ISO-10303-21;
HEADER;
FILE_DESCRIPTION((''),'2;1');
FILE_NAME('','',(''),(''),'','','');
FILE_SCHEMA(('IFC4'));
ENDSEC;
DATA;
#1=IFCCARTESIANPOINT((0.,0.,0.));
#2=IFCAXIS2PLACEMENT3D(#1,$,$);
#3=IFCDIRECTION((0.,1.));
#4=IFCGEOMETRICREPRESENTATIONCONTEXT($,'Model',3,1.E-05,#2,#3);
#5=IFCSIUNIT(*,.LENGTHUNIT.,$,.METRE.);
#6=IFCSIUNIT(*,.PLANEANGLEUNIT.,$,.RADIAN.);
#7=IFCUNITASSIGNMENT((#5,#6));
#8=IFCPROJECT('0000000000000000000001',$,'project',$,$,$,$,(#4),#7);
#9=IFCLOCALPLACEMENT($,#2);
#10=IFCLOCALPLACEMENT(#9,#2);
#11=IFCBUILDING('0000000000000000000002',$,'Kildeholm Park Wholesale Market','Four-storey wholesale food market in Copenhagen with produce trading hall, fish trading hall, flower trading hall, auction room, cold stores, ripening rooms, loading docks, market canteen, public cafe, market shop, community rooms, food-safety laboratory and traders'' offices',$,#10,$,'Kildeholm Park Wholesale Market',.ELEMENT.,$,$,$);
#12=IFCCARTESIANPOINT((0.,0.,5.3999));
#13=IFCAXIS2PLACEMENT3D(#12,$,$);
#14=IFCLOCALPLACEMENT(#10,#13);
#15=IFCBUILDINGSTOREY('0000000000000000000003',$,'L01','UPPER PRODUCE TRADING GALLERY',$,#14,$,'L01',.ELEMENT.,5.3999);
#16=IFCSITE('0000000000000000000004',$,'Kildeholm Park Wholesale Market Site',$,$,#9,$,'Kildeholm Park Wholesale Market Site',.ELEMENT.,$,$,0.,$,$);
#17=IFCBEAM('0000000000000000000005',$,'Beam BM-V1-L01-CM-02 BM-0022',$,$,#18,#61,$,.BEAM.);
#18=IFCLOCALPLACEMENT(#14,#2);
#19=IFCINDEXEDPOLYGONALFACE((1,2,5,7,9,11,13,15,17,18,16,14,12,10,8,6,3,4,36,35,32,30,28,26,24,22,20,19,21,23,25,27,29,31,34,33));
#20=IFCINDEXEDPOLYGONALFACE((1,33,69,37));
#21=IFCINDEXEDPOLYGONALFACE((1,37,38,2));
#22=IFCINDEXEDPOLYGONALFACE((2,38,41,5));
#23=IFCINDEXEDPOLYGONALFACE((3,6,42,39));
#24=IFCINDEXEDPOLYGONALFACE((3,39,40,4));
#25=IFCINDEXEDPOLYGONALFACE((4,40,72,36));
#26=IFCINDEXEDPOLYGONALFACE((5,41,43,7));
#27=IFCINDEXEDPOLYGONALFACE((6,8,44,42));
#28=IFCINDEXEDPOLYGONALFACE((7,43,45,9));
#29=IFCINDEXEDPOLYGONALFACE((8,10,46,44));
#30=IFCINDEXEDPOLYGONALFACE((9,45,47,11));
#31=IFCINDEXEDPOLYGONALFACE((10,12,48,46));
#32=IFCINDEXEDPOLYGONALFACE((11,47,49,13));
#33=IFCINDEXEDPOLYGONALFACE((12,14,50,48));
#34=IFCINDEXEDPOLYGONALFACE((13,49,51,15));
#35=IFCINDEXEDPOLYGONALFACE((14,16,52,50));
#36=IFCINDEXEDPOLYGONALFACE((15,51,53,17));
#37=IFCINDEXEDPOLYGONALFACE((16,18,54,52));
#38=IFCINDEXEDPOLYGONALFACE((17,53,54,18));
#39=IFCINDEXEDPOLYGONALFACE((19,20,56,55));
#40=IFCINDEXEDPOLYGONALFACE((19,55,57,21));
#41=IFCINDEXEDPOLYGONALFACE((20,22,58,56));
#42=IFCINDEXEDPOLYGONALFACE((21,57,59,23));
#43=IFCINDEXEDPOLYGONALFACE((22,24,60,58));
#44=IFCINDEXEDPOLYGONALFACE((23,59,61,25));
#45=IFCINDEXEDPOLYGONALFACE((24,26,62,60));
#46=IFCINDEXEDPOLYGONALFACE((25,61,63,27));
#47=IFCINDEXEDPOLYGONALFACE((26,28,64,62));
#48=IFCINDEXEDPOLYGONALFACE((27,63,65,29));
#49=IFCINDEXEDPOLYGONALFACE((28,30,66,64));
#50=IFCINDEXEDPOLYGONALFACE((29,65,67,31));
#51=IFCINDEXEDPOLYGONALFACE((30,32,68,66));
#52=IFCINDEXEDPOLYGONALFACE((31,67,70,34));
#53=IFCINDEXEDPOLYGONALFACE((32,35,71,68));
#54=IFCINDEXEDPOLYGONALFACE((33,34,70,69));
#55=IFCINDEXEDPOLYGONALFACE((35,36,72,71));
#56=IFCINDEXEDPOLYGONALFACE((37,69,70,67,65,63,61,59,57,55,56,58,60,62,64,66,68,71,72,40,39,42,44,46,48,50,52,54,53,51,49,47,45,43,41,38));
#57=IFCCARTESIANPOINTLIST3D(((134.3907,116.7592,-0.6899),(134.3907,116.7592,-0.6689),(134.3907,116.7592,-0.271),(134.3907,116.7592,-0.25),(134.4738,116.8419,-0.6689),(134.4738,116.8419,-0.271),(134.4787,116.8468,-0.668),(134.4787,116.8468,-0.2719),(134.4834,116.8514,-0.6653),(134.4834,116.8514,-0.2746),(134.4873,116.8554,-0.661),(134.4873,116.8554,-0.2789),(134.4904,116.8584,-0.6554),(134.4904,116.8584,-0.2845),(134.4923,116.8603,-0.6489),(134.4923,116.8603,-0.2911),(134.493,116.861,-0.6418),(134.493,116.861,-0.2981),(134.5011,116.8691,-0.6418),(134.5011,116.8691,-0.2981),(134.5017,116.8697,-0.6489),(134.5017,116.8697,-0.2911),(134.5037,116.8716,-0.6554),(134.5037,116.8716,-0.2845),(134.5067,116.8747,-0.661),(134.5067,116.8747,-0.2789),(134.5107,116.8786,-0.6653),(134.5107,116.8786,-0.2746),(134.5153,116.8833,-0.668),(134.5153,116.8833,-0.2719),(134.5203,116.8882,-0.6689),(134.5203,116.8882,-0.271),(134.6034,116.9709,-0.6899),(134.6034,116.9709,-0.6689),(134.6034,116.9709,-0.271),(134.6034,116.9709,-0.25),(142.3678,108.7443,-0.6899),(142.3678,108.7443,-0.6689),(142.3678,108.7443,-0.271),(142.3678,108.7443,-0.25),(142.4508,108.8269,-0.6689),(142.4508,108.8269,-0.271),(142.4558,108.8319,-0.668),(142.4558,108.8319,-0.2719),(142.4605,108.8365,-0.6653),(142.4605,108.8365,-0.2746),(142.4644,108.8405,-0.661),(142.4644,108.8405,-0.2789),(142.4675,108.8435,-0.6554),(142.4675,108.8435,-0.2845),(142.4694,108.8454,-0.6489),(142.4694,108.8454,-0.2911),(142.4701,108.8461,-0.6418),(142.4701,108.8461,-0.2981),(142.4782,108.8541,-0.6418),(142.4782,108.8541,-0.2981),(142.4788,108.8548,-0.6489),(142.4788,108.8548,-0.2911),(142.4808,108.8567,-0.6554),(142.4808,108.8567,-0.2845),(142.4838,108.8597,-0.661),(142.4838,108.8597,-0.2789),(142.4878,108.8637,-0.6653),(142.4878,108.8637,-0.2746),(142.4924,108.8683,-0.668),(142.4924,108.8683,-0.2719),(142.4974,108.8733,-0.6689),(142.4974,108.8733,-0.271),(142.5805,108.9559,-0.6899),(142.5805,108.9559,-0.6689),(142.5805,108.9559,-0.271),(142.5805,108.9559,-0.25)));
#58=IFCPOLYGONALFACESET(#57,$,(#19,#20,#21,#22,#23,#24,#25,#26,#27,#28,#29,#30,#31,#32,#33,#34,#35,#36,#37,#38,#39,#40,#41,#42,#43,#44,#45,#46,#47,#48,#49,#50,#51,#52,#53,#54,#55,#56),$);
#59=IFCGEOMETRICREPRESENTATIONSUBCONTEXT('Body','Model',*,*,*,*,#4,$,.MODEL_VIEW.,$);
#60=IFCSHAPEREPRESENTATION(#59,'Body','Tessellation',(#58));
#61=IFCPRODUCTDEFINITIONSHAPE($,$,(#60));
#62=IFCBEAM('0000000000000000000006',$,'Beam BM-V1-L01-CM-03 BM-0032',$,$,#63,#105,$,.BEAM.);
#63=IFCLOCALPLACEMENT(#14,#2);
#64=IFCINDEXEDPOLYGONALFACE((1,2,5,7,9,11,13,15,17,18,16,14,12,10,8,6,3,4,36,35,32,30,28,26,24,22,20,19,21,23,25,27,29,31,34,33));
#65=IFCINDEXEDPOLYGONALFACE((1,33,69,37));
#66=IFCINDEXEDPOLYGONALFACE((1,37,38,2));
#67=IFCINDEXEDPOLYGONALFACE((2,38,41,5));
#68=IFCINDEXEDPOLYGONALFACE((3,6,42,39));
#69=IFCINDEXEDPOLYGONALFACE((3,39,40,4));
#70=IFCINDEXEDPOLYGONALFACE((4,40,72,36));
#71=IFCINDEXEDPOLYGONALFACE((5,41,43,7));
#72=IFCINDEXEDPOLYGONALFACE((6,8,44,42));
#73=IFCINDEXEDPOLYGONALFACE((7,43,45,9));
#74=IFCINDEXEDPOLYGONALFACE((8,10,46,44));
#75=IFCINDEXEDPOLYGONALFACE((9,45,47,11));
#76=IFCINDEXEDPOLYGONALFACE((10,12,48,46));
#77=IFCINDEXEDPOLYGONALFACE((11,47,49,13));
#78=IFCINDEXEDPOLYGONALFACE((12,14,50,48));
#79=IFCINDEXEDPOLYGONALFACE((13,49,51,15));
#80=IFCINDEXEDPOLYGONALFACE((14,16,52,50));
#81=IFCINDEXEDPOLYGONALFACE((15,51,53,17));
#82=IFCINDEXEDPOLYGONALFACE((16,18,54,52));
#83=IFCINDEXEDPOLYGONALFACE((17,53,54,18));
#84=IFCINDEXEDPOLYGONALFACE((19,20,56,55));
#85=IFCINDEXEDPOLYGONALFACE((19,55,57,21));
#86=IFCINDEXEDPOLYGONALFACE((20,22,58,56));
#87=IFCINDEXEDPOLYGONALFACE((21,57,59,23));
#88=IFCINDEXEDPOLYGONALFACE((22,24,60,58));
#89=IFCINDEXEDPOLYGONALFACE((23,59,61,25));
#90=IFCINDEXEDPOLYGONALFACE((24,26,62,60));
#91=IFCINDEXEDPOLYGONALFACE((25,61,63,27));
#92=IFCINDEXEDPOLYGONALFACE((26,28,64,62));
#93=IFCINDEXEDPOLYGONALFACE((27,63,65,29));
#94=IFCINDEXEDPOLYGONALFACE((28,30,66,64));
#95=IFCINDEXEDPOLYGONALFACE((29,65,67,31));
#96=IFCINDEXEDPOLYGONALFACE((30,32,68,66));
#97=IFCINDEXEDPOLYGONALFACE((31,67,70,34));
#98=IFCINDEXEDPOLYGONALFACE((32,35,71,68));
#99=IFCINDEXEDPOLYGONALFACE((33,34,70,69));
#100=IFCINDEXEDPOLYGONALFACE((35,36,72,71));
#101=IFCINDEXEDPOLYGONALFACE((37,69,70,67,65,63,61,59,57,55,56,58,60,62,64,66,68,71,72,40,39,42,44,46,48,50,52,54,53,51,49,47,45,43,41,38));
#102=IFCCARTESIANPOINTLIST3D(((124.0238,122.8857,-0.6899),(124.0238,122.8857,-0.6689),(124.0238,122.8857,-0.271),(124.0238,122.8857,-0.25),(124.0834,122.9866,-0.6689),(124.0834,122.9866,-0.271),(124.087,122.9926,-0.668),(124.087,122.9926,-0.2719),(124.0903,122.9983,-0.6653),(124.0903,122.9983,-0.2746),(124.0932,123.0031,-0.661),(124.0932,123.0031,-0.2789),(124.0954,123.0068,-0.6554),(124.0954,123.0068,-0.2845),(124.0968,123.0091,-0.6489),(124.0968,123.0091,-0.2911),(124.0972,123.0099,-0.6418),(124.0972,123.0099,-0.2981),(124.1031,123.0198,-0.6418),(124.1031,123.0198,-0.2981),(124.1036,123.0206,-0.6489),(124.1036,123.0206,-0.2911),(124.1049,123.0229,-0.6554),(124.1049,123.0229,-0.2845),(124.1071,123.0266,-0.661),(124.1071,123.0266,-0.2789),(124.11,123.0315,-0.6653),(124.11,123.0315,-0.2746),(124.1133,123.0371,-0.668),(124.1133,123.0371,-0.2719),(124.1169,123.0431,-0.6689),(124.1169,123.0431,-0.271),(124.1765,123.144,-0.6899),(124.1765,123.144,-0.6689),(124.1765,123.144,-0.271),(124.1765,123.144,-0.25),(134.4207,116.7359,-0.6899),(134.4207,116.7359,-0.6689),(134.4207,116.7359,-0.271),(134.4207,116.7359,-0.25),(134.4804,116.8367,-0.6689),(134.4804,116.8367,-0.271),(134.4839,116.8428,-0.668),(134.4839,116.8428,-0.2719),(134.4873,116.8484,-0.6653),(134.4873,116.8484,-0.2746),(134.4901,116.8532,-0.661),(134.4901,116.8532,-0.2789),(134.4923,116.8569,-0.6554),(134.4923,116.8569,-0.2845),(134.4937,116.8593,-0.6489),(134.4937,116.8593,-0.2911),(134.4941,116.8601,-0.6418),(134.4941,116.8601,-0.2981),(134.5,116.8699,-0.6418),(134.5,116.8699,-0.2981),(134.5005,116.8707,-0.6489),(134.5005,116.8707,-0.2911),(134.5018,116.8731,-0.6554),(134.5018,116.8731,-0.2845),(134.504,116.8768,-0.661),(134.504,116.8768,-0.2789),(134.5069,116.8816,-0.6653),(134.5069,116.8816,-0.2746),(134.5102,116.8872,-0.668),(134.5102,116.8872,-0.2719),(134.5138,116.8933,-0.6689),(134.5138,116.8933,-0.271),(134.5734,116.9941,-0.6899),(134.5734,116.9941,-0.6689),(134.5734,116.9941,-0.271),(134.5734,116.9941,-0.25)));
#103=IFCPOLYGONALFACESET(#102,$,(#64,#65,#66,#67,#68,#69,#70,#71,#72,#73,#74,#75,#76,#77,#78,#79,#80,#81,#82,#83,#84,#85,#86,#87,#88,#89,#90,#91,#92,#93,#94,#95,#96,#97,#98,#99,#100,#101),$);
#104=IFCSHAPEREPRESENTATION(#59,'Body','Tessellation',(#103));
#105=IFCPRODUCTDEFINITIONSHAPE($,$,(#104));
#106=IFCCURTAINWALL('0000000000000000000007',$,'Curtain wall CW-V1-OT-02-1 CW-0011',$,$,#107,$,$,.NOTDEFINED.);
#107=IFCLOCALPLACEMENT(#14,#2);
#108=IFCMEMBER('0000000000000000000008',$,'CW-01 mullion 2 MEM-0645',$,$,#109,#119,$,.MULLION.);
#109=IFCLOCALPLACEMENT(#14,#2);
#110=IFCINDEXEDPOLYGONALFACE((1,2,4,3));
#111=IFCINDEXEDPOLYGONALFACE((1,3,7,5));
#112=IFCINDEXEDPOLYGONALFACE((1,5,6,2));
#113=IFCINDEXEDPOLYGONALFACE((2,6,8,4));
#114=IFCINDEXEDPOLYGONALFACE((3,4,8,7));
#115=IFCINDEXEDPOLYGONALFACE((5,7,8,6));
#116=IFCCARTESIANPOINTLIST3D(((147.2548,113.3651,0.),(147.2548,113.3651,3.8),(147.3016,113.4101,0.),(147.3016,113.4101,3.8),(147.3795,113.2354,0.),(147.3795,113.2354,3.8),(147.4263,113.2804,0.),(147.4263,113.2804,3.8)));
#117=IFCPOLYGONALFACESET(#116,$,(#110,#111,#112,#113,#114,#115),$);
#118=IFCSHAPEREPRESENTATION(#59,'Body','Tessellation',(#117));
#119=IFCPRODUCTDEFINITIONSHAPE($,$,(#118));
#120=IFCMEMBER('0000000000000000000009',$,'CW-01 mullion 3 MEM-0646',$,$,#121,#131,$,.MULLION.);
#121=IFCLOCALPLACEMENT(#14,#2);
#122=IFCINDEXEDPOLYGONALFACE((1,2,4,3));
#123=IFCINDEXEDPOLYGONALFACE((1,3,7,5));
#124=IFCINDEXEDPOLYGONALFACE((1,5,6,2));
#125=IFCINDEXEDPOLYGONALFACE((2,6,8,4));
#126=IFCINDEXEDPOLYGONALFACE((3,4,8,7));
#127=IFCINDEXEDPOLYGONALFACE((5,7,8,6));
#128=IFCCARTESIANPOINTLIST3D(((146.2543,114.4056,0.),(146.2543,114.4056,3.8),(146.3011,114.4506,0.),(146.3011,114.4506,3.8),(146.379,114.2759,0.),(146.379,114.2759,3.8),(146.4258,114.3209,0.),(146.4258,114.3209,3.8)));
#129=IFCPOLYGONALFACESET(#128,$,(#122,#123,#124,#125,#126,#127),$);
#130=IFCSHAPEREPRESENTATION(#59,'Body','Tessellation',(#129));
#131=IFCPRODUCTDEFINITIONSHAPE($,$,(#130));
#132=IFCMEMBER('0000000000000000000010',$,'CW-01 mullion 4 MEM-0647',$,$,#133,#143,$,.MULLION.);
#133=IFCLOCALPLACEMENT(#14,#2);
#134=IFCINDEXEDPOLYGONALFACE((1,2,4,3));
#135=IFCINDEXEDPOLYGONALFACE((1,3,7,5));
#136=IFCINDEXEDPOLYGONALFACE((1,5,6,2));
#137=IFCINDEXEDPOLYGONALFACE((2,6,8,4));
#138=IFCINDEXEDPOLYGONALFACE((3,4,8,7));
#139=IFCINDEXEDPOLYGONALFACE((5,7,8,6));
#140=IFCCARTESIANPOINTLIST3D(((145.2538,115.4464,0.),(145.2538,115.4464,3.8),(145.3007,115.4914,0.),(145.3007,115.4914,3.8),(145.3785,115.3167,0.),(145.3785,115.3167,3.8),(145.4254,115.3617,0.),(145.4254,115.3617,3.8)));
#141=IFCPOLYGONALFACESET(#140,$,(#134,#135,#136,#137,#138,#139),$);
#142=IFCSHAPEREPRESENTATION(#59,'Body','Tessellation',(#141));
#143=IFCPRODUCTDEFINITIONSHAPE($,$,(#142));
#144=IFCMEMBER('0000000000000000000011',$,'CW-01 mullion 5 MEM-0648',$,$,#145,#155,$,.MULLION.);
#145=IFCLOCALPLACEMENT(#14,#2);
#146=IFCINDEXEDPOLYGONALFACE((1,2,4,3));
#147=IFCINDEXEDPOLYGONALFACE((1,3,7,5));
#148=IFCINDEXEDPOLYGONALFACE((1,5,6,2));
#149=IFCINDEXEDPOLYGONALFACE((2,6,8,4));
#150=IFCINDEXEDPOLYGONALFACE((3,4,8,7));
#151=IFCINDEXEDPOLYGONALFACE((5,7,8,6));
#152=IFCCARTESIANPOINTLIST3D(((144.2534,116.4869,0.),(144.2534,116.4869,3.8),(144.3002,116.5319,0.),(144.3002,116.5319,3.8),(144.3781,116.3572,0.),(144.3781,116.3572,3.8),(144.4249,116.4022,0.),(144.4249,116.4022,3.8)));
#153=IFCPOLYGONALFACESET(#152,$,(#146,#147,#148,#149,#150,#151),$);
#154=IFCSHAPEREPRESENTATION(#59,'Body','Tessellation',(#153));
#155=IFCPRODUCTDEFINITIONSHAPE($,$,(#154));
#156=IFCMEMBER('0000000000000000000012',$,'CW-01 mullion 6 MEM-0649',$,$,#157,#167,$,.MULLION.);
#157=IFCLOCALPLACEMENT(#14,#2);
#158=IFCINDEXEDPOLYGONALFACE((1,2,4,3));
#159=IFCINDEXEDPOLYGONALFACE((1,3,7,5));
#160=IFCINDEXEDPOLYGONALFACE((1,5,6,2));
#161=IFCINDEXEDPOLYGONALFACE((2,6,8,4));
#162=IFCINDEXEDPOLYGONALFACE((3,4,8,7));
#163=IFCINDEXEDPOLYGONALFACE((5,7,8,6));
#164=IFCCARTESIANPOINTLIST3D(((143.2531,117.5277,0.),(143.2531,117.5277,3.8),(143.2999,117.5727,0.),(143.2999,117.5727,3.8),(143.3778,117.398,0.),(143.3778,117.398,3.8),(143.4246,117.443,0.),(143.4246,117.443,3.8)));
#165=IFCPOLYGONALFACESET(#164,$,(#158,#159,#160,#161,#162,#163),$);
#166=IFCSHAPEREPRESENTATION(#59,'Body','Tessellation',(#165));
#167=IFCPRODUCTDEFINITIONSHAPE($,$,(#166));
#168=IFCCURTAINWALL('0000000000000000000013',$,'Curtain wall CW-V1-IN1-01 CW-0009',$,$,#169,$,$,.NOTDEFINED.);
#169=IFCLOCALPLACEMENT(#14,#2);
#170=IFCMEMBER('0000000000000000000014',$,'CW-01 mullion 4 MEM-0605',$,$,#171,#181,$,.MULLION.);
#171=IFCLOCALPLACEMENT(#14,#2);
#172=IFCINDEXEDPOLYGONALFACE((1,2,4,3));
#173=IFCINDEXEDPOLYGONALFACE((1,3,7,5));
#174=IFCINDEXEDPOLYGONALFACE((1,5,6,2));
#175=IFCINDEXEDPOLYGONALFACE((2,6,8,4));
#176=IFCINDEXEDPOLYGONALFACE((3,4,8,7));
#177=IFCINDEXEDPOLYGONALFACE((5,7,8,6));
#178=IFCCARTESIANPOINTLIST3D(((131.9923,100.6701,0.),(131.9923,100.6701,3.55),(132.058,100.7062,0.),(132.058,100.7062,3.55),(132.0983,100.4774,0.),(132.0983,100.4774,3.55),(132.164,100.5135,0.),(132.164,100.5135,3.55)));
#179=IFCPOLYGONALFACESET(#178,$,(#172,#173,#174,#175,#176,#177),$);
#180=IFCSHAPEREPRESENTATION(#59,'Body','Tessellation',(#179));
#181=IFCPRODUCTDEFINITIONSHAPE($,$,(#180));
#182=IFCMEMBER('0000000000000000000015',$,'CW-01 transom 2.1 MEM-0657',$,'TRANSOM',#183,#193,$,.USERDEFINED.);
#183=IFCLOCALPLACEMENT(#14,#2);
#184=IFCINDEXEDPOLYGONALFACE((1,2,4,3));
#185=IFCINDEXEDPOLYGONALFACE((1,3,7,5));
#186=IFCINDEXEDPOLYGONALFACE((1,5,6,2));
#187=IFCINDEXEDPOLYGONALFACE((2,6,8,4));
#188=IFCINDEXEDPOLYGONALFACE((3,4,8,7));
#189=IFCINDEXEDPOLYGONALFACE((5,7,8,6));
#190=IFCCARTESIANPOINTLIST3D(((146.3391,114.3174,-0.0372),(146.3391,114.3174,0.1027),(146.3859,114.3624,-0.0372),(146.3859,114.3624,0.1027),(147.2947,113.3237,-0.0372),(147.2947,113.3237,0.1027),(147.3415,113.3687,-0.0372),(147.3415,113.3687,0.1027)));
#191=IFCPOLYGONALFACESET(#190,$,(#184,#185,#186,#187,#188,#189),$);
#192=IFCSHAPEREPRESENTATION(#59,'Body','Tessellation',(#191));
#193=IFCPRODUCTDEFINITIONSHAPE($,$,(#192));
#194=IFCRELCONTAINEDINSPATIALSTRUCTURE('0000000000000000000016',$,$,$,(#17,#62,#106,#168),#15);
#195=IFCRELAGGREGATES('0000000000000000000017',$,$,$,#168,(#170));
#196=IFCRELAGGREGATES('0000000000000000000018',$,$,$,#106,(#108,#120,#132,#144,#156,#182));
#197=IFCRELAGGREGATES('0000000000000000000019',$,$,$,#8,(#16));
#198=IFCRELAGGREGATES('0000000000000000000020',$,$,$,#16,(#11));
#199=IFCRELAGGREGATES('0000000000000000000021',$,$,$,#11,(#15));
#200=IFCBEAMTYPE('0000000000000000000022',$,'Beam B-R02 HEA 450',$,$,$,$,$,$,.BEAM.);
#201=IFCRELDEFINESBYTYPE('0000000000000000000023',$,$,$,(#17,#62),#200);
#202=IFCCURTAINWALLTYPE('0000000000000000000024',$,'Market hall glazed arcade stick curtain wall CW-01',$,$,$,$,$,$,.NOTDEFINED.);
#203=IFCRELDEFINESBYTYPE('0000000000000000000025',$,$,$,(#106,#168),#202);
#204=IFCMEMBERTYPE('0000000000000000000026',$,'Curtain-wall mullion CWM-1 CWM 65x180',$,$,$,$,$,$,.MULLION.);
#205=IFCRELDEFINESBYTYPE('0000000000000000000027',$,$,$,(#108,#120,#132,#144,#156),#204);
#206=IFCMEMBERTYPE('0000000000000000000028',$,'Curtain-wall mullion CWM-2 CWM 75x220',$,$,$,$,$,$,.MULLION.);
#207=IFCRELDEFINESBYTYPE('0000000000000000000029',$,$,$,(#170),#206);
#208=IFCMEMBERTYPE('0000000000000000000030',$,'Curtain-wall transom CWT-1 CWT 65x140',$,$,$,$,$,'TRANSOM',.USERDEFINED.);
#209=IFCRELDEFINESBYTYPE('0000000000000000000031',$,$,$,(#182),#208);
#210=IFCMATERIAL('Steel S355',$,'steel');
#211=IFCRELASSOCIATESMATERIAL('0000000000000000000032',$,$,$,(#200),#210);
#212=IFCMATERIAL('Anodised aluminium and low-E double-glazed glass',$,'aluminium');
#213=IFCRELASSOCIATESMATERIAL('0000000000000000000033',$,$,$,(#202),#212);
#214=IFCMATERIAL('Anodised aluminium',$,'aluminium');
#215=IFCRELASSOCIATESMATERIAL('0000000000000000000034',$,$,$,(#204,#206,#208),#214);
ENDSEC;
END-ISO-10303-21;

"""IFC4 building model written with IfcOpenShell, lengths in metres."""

from ifc_helpers import new_model, si_unit, direction, frame, origin, origin_2d, place, context, subcontext, project, spatial, rectangle, i_section, extrude, material, material_profile, profile_set, type_object, element, aggregate, save


model = new_model("IFC4")

# Units and contexts
model_context = context("Model", 3, precision=1e-05, world=origin(), true_north=direction((0.0, 1.0)))
body_context = subcontext(model_context, "Body", "Model", "MODEL_VIEW")
ifc_project = project(units=[si_unit("LENGTHUNIT", "METRE"), si_unit("PLANEANGLEUNIT", "RADIAN")], contexts=[model_context])

# Site, building, storey
site_placement = place(None, origin())
site = spatial("IfcSite", under=ifc_project, at=site_placement, Name="Kildeholm Park Wholesale Market Site", LongName="Kildeholm Park Wholesale Market Site", CompositionType="ELEMENT", RefElevation=0.0)
building_placement = place(site_placement, origin())
building = spatial("IfcBuilding", under=site, at=building_placement, Name="Kildeholm Park Wholesale Market", Description="Four-storey wholesale food market in Copenhagen with produce trading hall, fish trading hall, flower trading hall, auction room, cold stores, ripening rooms, loading docks, market canteen, public cafe, market shop, community rooms, food-safety laboratory and traders' offices", LongName="Kildeholm Park Wholesale Market", CompositionType="ELEMENT")
storey_placement = place(building_placement, frame((0.0, 0.0, 5.3999)))
storey = spatial("IfcBuildingStorey", under=building, at=storey_placement, Name="L01", Description="UPPER PRODUCE TRADING GALLERY", LongName="L01", CompositionType="ELEMENT", Elevation=5.3999)

# Shared definitions
ifc_material_1 = material(Name="Steel S355", Category="steel")

# Beams
ifc_material_profile_1 = material_profile(ifc_material_1, i_section(OverallWidth=0.3, OverallDepth=0.4399, WebThickness=0.0115, FlangeThickness=0.021, FilletRadius=0.0271, at=origin_2d()), Name="HEA 450")
ifc_profile_set_1 = profile_set([ifc_material_profile_1], Name="Steel S355")
beam_type_1 = type_object("IfcBeamType", Name="Beam B-R02 HEA 450", PredefinedType="BEAM", material=ifc_profile_set_1)
beam_1_placement = place(storey_placement, frame((142.4741, 108.8501, -0.47), z_axis=(-0.705432, 0.708778, 0.0), x_axis=(-0.708778, -0.705432, 0.0)))
element("IfcBeam", 1, at=beam_1_placement, inside=storey, type_object=beam_type_1, Name="Beam BM-V1-L01-CM-02 BM-0022", PredefinedType="BEAM", context=body_context, shape_type="SweptSolid", body=[
    extrude(i_section(OverallWidth=0.3, OverallDepth=0.4399, WebThickness=0.0115, FlangeThickness=0.021, FilletRadius=0.0271, at=origin_2d()), origin(), (0.0, 0.0, 1.0), 11.3081),
])
beam_2_placement = place(storey_placement, frame((134.4971, 116.865, -0.47), z_axis=(-0.8607, 0.509112, 0.0), x_axis=(-0.509112, -0.8607, 0.0)))
element("IfcBeam", 2, at=beam_2_placement, inside=storey, type_object=beam_type_1, Name="Beam BM-V1-L01-CM-03 BM-0032", PredefinedType="BEAM", context=body_context, shape_type="SweptSolid", body=[
    extrude(i_section(OverallWidth=0.3, OverallDepth=0.4399, WebThickness=0.0115, FlangeThickness=0.021, FilletRadius=0.0271, at=origin_2d()), origin(), (0.0, 0.0, 1.0), 12.0796),
])

# Curtain wall, members
ifc_material_2 = material(Name="Anodised aluminium and low-E double-glazed glass", Category="aluminium")
curtain_wall_type = type_object("IfcCurtainWallType", Name="Market hall glazed arcade stick curtain wall CW-01", PredefinedType="NOTDEFINED", material=ifc_material_2)
curtain_wall_1_placement = place(storey_placement, origin())
curtain_wall_1 = element("IfcCurtainWall", 3, at=curtain_wall_1_placement, inside=storey, type_object=curtain_wall_type, Name="Curtain wall CW-V1-OT-02-1 CW-0011", PredefinedType="NOTDEFINED")
ifc_material_3 = material(Name="Anodised aluminium", Category="aluminium")
ifc_material_profile_2 = material_profile(ifc_material_3, rectangle(XDim=0.0649, YDim=0.1799, at=origin_2d()), Name="CWM 65x180")
ifc_profile_set_2 = profile_set([ifc_material_profile_2], Name="Anodised aluminium")
member_type_1 = type_object("IfcMemberType", Name="Curtain-wall mullion CWM-1 CWM 65x180", PredefinedType="MULLION", material=ifc_profile_set_2)
member_1_placement = place(storey_placement, frame((147.3406, 113.3228, 0.0), z_axis=(0.0, 0.0, 1.0), x_axis=(-0.720901, -0.693038, 0.0)))
member_1 = element("IfcMember", 4, at=member_1_placement, type_object=member_type_1, Name="CW-01 mullion 2 MEM-0645", PredefinedType="MULLION", context=body_context, shape_type="SweptSolid", body=[
    extrude(rectangle(XDim=0.0649, YDim=0.1799, at=origin_2d()), origin(), (0.0, 0.0, 1.0), 3.8),
])
member_2_placement = place(storey_placement, frame((146.3401, 114.3633, 0.0), z_axis=(0.0, 0.0, 1.0), x_axis=(-0.720901, -0.693038, 0.0)))
member_2 = element("IfcMember", 5, at=member_2_placement, type_object=member_type_1, Name="CW-01 mullion 3 MEM-0646", PredefinedType="MULLION", context=body_context, shape_type="SweptSolid", body=[
    extrude(rectangle(XDim=0.0649, YDim=0.1799, at=origin_2d()), origin(), (0.0, 0.0, 1.0), 3.8),
])
member_3_placement = place(storey_placement, frame((145.3396, 115.4041, 0.0), z_axis=(0.0, 0.0, 1.0), x_axis=(-0.720901, -0.693038, 0.0)))
member_3 = element("IfcMember", 6, at=member_3_placement, type_object=member_type_1, Name="CW-01 mullion 4 MEM-0647", PredefinedType="MULLION", context=body_context, shape_type="SweptSolid", body=[
    extrude(rectangle(XDim=0.0649, YDim=0.1799, at=origin_2d()), origin(), (0.0, 0.0, 1.0), 3.8),
])
member_4_placement = place(storey_placement, frame((144.3391, 116.4446, 0.0), z_axis=(0.0, 0.0, 1.0), x_axis=(-0.720901, -0.693038, 0.0)))
member_4 = element("IfcMember", 7, at=member_4_placement, type_object=member_type_1, Name="CW-01 mullion 5 MEM-0648", PredefinedType="MULLION", context=body_context, shape_type="SweptSolid", body=[
    extrude(rectangle(XDim=0.0649, YDim=0.1799, at=origin_2d()), origin(), (0.0, 0.0, 1.0), 3.8),
])
member_5_placement = place(storey_placement, frame((143.3389, 117.4854, 0.0), z_axis=(0.0, 0.0, 1.0), x_axis=(-0.720901, -0.693038, 0.0)))
member_5 = element("IfcMember", 8, at=member_5_placement, type_object=member_type_1, Name="CW-01 mullion 6 MEM-0649", PredefinedType="MULLION", context=body_context, shape_type="SweptSolid", body=[
    extrude(rectangle(XDim=0.0649, YDim=0.1799, at=origin_2d()), origin(), (0.0, 0.0, 1.0), 3.8),
])

# Curtain wall, member
curtain_wall_2_placement = place(storey_placement, origin())
curtain_wall_2 = element("IfcCurtainWall", 9, at=curtain_wall_2_placement, inside=storey, type_object=curtain_wall_type, Name="Curtain wall CW-V1-IN1-01 CW-0009", PredefinedType="NOTDEFINED")
ifc_material_profile_3 = material_profile(ifc_material_3, rectangle(XDim=0.075, YDim=0.22, at=origin_2d()), Name="CWM 75x220")
ifc_profile_set_3 = profile_set([ifc_material_profile_3], Name="Anodised aluminium")
member_type_2 = type_object("IfcMemberType", Name="Curtain-wall mullion CWM-2 CWM 75x220", PredefinedType="MULLION", material=ifc_profile_set_3)
member_6_placement = place(storey_placement, frame((132.0781, 100.5918, 0.0), z_axis=(0.0, 0.0, 1.0), x_axis=(-0.876309, -0.48175, 0.0)))
member_6 = element("IfcMember", 10, at=member_6_placement, type_object=member_type_2, Name="CW-01 mullion 4 MEM-0605", PredefinedType="MULLION", context=body_context, shape_type="SweptSolid", body=[
    extrude(rectangle(XDim=0.075, YDim=0.22, at=origin_2d()), origin(), (0.0, 0.0, 1.0), 3.55),
])

# Member
ifc_material_profile_4 = material_profile(ifc_material_3, rectangle(XDim=0.0649, YDim=0.1399, at=origin_2d()), Name="CWT 65x140")
ifc_profile_set_4 = profile_set([ifc_material_profile_4], Name="Anodised aluminium")
member_type_3 = type_object("IfcMemberType", Name="Curtain-wall transom CWT-1 CWT 65x140", ElementType="TRANSOM", PredefinedType="USERDEFINED", material=ifc_profile_set_4)
member_7_placement = place(storey_placement, frame((147.3181, 113.3462, 0.0327), z_axis=(-0.693158, 0.720785, 0.0), x_axis=(-0.720785, -0.693158, 0.0)))
member_7 = element("IfcMember", 11, at=member_7_placement, type_object=member_type_3, Name="CW-01 transom 2.1 MEM-0657", ObjectType="TRANSOM", PredefinedType="USERDEFINED", context=body_context, shape_type="SweptSolid", body=[
    extrude(rectangle(XDim=0.0649, YDim=0.1399, at=origin_2d()), origin(), (0.0, 0.0, 1.0), 1.3787),
])
aggregate(curtain_wall_2, [member_6])

aggregate(curtain_wall_1, [member_1, member_2, member_3, member_4, member_5, member_7])

save(model, "model.ifc")
